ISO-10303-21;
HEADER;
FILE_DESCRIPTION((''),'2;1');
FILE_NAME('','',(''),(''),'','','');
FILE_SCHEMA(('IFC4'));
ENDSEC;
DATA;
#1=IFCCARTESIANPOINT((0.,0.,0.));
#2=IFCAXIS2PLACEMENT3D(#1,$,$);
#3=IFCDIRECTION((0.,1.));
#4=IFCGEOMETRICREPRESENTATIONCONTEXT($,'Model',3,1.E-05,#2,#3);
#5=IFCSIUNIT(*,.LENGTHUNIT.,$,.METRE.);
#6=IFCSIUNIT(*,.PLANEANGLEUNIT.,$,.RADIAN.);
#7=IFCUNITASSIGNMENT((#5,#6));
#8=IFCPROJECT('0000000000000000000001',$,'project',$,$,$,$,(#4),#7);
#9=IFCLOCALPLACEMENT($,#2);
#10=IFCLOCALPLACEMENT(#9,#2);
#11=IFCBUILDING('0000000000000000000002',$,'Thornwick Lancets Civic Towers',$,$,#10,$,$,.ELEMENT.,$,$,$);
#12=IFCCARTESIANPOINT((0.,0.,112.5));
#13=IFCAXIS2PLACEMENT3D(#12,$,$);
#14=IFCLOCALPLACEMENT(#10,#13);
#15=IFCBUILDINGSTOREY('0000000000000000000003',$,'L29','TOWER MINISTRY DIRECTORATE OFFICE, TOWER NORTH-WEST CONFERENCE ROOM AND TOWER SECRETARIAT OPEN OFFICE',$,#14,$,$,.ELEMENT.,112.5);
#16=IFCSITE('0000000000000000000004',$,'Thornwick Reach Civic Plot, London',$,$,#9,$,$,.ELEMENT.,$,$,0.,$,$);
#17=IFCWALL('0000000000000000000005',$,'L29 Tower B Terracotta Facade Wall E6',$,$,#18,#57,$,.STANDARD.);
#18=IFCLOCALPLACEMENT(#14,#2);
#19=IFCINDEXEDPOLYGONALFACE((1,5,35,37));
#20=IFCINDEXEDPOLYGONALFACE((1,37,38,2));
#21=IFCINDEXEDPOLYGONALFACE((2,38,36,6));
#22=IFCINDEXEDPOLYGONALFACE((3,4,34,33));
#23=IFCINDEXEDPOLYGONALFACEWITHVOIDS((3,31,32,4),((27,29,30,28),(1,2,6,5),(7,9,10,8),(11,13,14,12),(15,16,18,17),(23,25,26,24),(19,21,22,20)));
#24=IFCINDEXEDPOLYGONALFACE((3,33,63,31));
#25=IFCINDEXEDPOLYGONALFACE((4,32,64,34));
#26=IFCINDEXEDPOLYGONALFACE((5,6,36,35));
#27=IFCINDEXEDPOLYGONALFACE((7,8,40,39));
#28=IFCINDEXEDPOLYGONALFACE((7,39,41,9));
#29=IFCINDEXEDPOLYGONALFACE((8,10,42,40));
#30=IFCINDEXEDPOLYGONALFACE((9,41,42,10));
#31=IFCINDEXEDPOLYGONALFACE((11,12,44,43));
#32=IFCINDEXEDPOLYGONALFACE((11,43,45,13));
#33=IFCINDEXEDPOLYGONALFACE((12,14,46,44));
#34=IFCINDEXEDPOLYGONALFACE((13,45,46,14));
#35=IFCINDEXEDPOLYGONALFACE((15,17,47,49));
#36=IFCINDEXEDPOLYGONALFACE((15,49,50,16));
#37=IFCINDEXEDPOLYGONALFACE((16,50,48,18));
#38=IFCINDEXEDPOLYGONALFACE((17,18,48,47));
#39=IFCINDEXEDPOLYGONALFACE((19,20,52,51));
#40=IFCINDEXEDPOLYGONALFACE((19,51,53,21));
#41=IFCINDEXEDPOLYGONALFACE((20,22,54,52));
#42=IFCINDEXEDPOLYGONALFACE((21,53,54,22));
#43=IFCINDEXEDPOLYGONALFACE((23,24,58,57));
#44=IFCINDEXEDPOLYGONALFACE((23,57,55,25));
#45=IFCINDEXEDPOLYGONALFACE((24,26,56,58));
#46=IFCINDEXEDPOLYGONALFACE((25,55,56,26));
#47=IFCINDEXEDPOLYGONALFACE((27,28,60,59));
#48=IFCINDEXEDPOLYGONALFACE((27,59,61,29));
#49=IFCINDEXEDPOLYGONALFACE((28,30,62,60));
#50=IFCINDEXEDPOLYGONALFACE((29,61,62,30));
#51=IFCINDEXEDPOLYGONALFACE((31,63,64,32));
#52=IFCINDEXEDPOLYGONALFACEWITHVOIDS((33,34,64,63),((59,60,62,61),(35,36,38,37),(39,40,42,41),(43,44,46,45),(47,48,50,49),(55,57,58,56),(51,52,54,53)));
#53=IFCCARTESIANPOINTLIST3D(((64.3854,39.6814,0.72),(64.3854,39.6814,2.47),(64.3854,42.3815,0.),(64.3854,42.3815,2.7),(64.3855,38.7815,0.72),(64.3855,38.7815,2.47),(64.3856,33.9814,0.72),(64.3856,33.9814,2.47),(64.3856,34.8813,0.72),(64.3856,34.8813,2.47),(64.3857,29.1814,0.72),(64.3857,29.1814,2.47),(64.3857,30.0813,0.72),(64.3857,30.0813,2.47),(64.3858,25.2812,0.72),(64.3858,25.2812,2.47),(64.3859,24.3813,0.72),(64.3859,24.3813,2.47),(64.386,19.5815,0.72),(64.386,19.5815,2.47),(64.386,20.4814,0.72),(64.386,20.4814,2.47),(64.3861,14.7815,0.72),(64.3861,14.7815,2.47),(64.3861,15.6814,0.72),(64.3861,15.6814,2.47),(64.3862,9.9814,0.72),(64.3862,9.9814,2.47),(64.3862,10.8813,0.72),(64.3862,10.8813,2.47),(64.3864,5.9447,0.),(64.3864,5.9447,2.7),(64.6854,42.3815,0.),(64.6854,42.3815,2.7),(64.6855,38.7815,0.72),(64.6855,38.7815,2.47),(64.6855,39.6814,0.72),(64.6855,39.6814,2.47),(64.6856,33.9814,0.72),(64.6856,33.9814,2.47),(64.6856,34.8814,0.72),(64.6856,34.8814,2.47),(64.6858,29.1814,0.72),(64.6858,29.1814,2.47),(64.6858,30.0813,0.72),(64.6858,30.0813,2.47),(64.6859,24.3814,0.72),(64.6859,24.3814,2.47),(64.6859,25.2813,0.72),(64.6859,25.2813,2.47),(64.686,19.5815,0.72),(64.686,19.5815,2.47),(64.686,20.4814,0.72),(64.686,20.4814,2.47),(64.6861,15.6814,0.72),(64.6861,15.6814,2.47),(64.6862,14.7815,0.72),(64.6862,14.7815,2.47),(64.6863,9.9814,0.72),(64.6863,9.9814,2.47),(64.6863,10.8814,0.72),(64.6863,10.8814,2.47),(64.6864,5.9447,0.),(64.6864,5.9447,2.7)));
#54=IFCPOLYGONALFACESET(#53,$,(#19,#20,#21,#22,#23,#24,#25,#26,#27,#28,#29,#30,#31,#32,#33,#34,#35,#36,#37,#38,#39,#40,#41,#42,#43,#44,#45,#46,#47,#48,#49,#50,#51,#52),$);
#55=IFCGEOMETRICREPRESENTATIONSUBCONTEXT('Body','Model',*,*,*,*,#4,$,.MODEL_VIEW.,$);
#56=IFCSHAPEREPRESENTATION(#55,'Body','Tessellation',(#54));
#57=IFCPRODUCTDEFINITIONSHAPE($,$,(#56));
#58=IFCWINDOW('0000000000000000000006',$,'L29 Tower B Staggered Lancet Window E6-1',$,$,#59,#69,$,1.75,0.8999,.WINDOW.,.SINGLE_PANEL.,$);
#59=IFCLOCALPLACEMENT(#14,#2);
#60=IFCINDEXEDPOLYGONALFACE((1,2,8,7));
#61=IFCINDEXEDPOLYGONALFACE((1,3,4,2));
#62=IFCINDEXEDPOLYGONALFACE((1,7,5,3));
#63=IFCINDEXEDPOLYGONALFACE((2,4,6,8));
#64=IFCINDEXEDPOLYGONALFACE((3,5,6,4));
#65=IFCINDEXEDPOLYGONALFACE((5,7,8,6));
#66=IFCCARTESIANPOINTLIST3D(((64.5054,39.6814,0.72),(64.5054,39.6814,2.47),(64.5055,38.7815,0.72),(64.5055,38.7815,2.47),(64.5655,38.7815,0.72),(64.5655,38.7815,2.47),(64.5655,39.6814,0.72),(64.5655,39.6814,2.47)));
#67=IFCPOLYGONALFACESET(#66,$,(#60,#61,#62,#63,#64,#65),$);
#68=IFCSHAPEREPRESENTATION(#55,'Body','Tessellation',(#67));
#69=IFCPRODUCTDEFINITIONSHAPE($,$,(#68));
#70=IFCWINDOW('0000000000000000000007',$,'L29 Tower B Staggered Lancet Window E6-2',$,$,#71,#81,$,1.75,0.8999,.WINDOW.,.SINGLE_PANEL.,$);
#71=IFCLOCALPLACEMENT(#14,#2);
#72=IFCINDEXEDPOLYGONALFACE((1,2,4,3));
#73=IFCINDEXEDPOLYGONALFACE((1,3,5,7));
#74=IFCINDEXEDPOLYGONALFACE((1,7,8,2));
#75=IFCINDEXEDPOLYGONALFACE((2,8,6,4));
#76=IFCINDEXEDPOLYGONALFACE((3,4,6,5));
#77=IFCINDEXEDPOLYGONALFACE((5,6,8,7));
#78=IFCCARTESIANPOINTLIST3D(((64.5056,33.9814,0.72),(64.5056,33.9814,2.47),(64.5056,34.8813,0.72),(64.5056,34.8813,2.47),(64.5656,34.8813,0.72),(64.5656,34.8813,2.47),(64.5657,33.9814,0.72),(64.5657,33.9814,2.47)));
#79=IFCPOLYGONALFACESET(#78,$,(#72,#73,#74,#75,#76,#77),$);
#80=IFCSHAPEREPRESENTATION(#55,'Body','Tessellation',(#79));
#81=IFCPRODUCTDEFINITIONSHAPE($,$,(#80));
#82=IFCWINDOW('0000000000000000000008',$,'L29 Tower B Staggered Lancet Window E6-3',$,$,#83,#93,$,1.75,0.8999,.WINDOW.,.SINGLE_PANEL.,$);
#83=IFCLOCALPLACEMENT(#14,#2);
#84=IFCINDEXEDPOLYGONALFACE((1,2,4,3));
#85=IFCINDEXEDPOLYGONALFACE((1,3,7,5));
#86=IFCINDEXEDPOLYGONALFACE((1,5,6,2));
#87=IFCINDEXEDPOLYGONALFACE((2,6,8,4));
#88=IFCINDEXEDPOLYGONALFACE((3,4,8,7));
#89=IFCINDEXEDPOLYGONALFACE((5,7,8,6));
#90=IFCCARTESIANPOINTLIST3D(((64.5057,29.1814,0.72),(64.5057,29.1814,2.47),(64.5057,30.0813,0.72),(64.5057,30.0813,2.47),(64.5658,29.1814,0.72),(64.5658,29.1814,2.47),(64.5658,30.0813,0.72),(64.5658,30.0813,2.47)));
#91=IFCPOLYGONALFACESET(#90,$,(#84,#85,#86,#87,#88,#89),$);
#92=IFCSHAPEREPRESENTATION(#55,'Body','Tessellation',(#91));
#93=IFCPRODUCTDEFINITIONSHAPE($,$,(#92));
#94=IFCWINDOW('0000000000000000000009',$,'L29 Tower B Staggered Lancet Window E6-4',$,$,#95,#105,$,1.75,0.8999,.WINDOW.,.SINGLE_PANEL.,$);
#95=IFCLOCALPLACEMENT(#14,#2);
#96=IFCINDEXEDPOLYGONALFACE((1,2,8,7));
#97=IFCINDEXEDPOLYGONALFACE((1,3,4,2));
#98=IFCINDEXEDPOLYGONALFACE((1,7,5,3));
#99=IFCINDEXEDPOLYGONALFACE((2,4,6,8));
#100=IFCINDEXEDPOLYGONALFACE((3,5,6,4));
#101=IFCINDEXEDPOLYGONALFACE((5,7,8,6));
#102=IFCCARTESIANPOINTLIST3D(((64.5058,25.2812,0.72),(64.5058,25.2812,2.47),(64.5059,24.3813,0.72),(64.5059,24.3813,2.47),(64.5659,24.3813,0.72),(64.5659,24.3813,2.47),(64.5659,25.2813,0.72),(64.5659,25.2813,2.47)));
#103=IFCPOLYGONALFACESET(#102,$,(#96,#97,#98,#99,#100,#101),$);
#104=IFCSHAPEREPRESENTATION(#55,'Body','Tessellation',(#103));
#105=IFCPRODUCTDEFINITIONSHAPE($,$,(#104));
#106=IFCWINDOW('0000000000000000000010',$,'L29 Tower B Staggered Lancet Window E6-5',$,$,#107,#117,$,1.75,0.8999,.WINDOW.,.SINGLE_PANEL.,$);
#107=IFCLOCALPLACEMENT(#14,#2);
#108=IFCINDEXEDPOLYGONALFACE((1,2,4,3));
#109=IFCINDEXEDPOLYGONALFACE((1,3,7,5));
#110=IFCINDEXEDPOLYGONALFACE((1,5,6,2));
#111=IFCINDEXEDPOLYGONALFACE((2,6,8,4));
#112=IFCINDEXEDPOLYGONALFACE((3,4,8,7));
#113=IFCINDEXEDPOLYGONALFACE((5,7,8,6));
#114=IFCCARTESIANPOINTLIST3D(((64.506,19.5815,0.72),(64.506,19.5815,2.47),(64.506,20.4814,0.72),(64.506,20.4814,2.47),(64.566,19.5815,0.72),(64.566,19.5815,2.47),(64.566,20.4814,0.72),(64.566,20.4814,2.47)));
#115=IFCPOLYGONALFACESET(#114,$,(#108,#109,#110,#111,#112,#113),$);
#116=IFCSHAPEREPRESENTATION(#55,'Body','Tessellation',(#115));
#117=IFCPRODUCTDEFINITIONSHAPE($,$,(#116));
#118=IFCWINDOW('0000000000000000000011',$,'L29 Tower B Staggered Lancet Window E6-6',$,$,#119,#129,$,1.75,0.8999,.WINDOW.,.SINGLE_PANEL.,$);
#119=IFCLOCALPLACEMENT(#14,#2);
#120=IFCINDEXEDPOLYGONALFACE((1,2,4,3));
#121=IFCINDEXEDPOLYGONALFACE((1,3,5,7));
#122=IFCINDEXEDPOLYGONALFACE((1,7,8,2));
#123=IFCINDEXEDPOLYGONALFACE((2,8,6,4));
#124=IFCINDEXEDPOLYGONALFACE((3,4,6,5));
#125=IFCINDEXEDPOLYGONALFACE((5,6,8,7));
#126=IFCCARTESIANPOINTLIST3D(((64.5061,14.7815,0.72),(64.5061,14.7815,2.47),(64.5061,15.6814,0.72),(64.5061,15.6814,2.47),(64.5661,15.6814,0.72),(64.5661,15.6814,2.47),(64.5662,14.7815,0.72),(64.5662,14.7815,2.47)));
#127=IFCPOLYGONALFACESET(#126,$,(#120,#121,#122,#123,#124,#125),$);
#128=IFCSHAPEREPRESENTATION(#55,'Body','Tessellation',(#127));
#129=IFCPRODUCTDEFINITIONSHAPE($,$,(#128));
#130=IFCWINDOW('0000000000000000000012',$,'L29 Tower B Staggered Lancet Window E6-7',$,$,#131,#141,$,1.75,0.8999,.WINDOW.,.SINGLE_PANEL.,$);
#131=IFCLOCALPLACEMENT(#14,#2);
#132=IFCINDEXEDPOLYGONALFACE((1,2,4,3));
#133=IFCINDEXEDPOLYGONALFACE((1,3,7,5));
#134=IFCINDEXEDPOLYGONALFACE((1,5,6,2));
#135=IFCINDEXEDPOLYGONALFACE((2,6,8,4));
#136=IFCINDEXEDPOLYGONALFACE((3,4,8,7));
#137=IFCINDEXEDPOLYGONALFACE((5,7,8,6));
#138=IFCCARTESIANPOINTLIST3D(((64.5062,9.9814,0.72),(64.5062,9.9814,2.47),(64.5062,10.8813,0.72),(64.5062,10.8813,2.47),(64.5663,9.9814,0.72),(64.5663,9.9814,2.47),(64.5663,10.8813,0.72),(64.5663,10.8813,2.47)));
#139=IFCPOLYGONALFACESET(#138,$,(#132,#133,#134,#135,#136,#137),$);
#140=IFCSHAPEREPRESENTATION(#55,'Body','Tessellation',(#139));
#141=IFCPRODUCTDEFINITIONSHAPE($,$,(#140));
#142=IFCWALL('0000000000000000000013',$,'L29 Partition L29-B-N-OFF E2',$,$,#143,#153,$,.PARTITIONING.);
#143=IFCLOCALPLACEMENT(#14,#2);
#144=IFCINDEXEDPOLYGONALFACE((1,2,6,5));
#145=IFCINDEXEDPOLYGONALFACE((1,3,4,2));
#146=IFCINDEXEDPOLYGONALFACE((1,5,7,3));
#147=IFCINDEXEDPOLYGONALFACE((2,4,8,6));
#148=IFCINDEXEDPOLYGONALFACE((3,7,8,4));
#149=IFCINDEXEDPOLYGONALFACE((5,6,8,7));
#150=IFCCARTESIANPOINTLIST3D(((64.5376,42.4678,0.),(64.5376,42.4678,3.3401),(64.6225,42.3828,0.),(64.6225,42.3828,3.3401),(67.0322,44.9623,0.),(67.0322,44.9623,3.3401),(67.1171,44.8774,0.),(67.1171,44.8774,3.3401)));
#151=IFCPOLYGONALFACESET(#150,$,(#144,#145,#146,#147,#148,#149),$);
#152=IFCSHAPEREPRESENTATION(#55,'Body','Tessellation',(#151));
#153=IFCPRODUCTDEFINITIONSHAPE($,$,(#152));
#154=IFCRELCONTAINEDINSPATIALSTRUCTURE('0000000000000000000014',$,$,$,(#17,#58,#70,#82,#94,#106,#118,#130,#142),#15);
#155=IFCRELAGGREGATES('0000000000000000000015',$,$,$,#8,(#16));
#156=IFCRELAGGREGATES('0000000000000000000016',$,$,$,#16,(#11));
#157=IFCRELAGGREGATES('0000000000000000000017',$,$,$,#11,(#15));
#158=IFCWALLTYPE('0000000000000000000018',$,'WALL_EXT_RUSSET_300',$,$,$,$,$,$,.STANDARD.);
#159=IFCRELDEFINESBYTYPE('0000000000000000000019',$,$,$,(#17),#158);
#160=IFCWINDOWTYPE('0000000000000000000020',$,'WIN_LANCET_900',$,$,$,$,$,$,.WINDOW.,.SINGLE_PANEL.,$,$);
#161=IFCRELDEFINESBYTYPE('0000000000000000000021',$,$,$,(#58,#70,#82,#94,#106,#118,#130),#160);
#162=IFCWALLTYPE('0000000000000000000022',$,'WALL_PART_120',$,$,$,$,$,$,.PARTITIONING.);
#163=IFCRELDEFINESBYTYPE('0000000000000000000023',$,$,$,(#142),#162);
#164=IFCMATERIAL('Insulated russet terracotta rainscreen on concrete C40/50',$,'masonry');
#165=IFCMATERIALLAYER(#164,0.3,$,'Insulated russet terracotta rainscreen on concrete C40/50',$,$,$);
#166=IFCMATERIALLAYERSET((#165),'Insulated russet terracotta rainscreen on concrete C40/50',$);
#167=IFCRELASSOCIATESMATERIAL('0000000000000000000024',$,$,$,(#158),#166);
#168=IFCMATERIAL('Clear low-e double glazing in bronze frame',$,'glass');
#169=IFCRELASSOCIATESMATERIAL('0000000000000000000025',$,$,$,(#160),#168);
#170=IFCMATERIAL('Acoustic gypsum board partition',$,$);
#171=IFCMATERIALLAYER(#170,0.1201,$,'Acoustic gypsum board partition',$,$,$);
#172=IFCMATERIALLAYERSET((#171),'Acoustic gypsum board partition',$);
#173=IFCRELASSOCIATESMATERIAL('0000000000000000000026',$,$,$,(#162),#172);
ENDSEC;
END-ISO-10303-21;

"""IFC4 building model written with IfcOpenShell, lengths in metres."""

from ifc_helpers import new_model, si_unit, direction, frame, frame_2d, origin, place, context, subcontext, project, spatial, rectangle, extrude, material, layer, layer_set, type_object, element, fill, save


model = new_model("IFC4")

# Units and contexts
model_context = context("Model", 3, precision=1e-05, world=origin(), true_north=direction((0.0, 1.0)))
body_context = subcontext(model_context, "Body", "Model", "MODEL_VIEW")
ifc_project = project(units=[si_unit("LENGTHUNIT", "METRE"), si_unit("PLANEANGLEUNIT", "RADIAN")], contexts=[model_context])

# Site, building, storey
site_placement = place(None, origin())
site = spatial("IfcSite", under=ifc_project, at=site_placement, Name="Thornwick Reach Civic Plot, London", CompositionType="ELEMENT", RefElevation=0.0)
building_placement = place(site_placement, origin())
building = spatial("IfcBuilding", under=site, at=building_placement, Name="Thornwick Lancets Civic Towers", CompositionType="ELEMENT")
storey_placement = place(building_placement, frame((0.0, 0.0, 112.5)))
storey = spatial("IfcBuildingStorey", under=building, at=storey_placement, Name="L29", Description="TOWER MINISTRY DIRECTORATE OFFICE, TOWER NORTH-WEST CONFERENCE ROOM AND TOWER SECRETARIAT OPEN OFFICE", CompositionType="ELEMENT", Elevation=112.5)

# Wall, openings, windows
ifc_material_1 = material(Name="Insulated russet terracotta rainscreen on concrete C40/50", Category="masonry")
ifc_layer_1 = layer(ifc_material_1, 0.3, Name="Insulated russet terracotta rainscreen on concrete C40/50")
ifc_layer_set_1 = layer_set([ifc_layer_1], Name="Insulated russet terracotta rainscreen on concrete C40/50")
wall_type_1 = type_object("IfcWallType", Name="WALL_EXT_RUSSET_300", PredefinedType="STANDARD", material=ifc_layer_set_1)
wall_1_placement = place(storey_placement, frame((64.5354, 42.3813, 0.0), z_axis=(0.0, 0.0, 1.0), x_axis=(0.000027, -1.0, 0.0)))
wall_1 = element("IfcWall", 1, at=wall_1_placement, inside=storey, type_object=wall_type_1, Name="L29 Tower B Terracotta Facade Wall E6", PredefinedType="STANDARD", context=body_context, shape_type="SweptSolid", body=[
    extrude(rectangle(XDim=36.4368, YDim=0.3, at=frame_2d((18.2183, 0.0))), origin(), (0.0, 0.0, 1.0), 2.7),
])
opening_1_placement = place(wall_1_placement, frame((2.7, 0.0, 0.72)))
opening_1 = element("IfcOpeningElement", 2, at=opening_1_placement, cuts=wall_1, PredefinedType="OPENING", context=body_context, shape_type="SweptSolid", body=[
    extrude(rectangle(XDim=0.8999, YDim=1.75, at=frame_2d((0.45, 0.875))), frame((0.0, 0.1602, 0.0), z_axis=(0.0, -1.0, 0.0), x_axis=(1.0, 0.0, 0.0)), (0.0, 0.0, 1.0), 0.3201),
])
opening_2_placement = place(wall_1_placement, frame((7.5, 0.0, 0.72)))
opening_2 = element("IfcOpeningElement", 3, at=opening_2_placement, cuts=wall_1, PredefinedType="OPENING", context=body_context, shape_type="SweptSolid", body=[
    extrude(rectangle(XDim=0.8999, YDim=1.75, at=frame_2d((0.45, 0.875))), frame((0.0, 0.1602, 0.0), z_axis=(0.0, -1.0, 0.0), x_axis=(1.0, 0.0, 0.0)), (0.0, 0.0, 1.0), 0.3201),
])
opening_3_placement = place(wall_1_placement, frame((12.3, 0.0, 0.72)))
opening_3 = element("IfcOpeningElement", 4, at=opening_3_placement, cuts=wall_1, PredefinedType="OPENING", context=body_context, shape_type="SweptSolid", body=[
    extrude(rectangle(XDim=0.8999, YDim=1.75, at=frame_2d((0.45, 0.875))), frame((0.0, 0.1602, 0.0), z_axis=(0.0, -1.0, 0.0), x_axis=(1.0, 0.0, 0.0)), (0.0, 0.0, 1.0), 0.3201),
])
opening_4_placement = place(wall_1_placement, frame((17.1001, 0.0, 0.72)))
opening_4 = element("IfcOpeningElement", 5, at=opening_4_placement, cuts=wall_1, PredefinedType="OPENING", context=body_context, shape_type="SweptSolid", body=[
    extrude(rectangle(XDim=0.8999, YDim=1.75, at=frame_2d((0.45, 0.875))), frame((0.0, 0.1602, 0.0), z_axis=(0.0, -1.0, 0.0), x_axis=(1.0, 0.0, 0.0)), (0.0, 0.0, 1.0), 0.3201),
])
opening_5_placement = place(wall_1_placement, frame((21.8999, 0.0, 0.72)))
opening_5 = element("IfcOpeningElement", 6, at=opening_5_placement, cuts=wall_1, PredefinedType="OPENING", context=body_context, shape_type="SweptSolid", body=[
    extrude(rectangle(XDim=0.8999, YDim=1.75, at=frame_2d((0.45, 0.875))), frame((0.0, 0.1602, 0.0), z_axis=(0.0, -1.0, 0.0), x_axis=(1.0, 0.0, 0.0)), (0.0, 0.0, 1.0), 0.3201),
])
opening_6_placement = place(wall_1_placement, frame((26.7, 0.0, 0.72)))
opening_6 = element("IfcOpeningElement", 7, at=opening_6_placement, cuts=wall_1, PredefinedType="OPENING", context=body_context, shape_type="SweptSolid", body=[
    extrude(rectangle(XDim=0.8999, YDim=1.75, at=frame_2d((0.45, 0.875))), frame((0.0, 0.1602, 0.0), z_axis=(0.0, -1.0, 0.0), x_axis=(1.0, 0.0, 0.0)), (0.0, 0.0, 1.0), 0.3201),
])
opening_7_placement = place(wall_1_placement, frame((31.5, 0.0, 0.72)))
opening_7 = element("IfcOpeningElement", 8, at=opening_7_placement, cuts=wall_1, PredefinedType="OPENING", context=body_context, shape_type="SweptSolid", body=[
    extrude(rectangle(XDim=0.8999, YDim=1.75, at=frame_2d((0.45, 0.875))), frame((0.0, 0.1602, 0.0), z_axis=(0.0, -1.0, 0.0), x_axis=(1.0, 0.0, 0.0)), (0.0, 0.0, 1.0), 0.3201),
])
ifc_material_2 = material(Name="Clear low-e double glazing in bronze frame", Category="glass")
window_type = type_object("IfcWindowType", Name="WIN_LANCET_900", PartitioningType="SINGLE_PANEL", PredefinedType="WINDOW", material=ifc_material_2)
window_1_placement = place(opening_1_placement, origin())
window_1 = element("IfcWindow", 9, at=window_1_placement, inside=storey, type_object=window_type, Name="L29 Tower B Staggered Lancet Window E6-1", OverallHeight=1.75, OverallWidth=0.8999, PartitioningType="SINGLE_PANEL", PredefinedType="WINDOW", context=body_context, shape_type="SweptSolid", body=[
    extrude(rectangle(XDim=0.8999, YDim=1.75, at=frame_2d((0.45, 0.875))), frame((0.0, 0.03, 0.0), z_axis=(0.0, -1.0, 0.0), x_axis=(1.0, 0.0, 0.0)), (0.0, 0.0, 1.0), 0.0601),
])
fill(opening_1, window_1)
window_2_placement = place(opening_2_placement, origin())
window_2 = element("IfcWindow", 10, at=window_2_placement, inside=storey, type_object=window_type, Name="L29 Tower B Staggered Lancet Window E6-2", OverallHeight=1.75, OverallWidth=0.8999, PartitioningType="SINGLE_PANEL", PredefinedType="WINDOW", context=body_context, shape_type="SweptSolid", body=[
    extrude(rectangle(XDim=0.8999, YDim=1.75, at=frame_2d((0.45, 0.875))), frame((0.0, 0.03, 0.0), z_axis=(0.0, -1.0, 0.0), x_axis=(1.0, 0.0, 0.0)), (0.0, 0.0, 1.0), 0.0601),
])
fill(opening_2, window_2)
window_3_placement = place(opening_3_placement, origin())
window_3 = element("IfcWindow", 11, at=window_3_placement, inside=storey, type_object=window_type, Name="L29 Tower B Staggered Lancet Window E6-3", OverallHeight=1.75, OverallWidth=0.8999, PartitioningType="SINGLE_PANEL", PredefinedType="WINDOW", context=body_context, shape_type="SweptSolid", body=[
    extrude(rectangle(XDim=0.8999, YDim=1.75, at=frame_2d((0.45, 0.875))), frame((0.0, 0.03, 0.0), z_axis=(0.0, -1.0, 0.0), x_axis=(1.0, 0.0, 0.0)), (0.0, 0.0, 1.0), 0.0601),
])
fill(opening_3, window_3)
window_4_placement = place(opening_4_placement, origin())
window_4 = element("IfcWindow", 12, at=window_4_placement, inside=storey, type_object=window_type, Name="L29 Tower B Staggered Lancet Window E6-4", OverallHeight=1.75, OverallWidth=0.8999, PartitioningType="SINGLE_PANEL", PredefinedType="WINDOW", context=body_context, shape_type="SweptSolid", body=[
    extrude(rectangle(XDim=0.8999, YDim=1.75, at=frame_2d((0.45, 0.875))), frame((0.0, 0.03, 0.0), z_axis=(0.0, -1.0, 0.0), x_axis=(1.0, 0.0, 0.0)), (0.0, 0.0, 1.0), 0.0601),
])
fill(opening_4, window_4)
window_5_placement = place(opening_5_placement, origin())
window_5 = element("IfcWindow", 13, at=window_5_placement, inside=storey, type_object=window_type, Name="L29 Tower B Staggered Lancet Window E6-5", OverallHeight=1.75, OverallWidth=0.8999, PartitioningType="SINGLE_PANEL", PredefinedType="WINDOW", context=body_context, shape_type="SweptSolid", body=[
    extrude(rectangle(XDim=0.8999, YDim=1.75, at=frame_2d((0.45, 0.875))), frame((0.0, 0.03, 0.0), z_axis=(0.0, -1.0, 0.0), x_axis=(1.0, 0.0, 0.0)), (0.0, 0.0, 1.0), 0.0601),
])
fill(opening_5, window_5)
window_6_placement = place(opening_6_placement, origin())
window_6 = element("IfcWindow", 14, at=window_6_placement, inside=storey, type_object=window_type, Name="L29 Tower B Staggered Lancet Window E6-6", OverallHeight=1.75, OverallWidth=0.8999, PartitioningType="SINGLE_PANEL", PredefinedType="WINDOW", context=body_context, shape_type="SweptSolid", body=[
    extrude(rectangle(XDim=0.8999, YDim=1.75, at=frame_2d((0.45, 0.875))), frame((0.0, 0.03, 0.0), z_axis=(0.0, -1.0, 0.0), x_axis=(1.0, 0.0, 0.0)), (0.0, 0.0, 1.0), 0.0601),
])
fill(opening_6, window_6)
window_7_placement = place(opening_7_placement, origin())
window_7 = element("IfcWindow", 15, at=window_7_placement, inside=storey, type_object=window_type, Name="L29 Tower B Staggered Lancet Window E6-7", OverallHeight=1.75, OverallWidth=0.8999, PartitioningType="SINGLE_PANEL", PredefinedType="WINDOW", context=body_context, shape_type="SweptSolid", body=[
    extrude(rectangle(XDim=0.8999, YDim=1.75, at=frame_2d((0.45, 0.875))), frame((0.0, 0.03, 0.0), z_axis=(0.0, -1.0, 0.0), x_axis=(1.0, 0.0, 0.0)), (0.0, 0.0, 1.0), 0.0601),
])
fill(opening_7, window_7)

# Wall
ifc_material_3 = material(Name="Acoustic gypsum board partition")
ifc_layer_2 = layer(ifc_material_3, 0.1201, Name="Acoustic gypsum board partition")
ifc_layer_set_2 = layer_set([ifc_layer_2], Name="Acoustic gypsum board partition")
wall_type_2 = type_object("IfcWallType", Name="WALL_PART_120", PredefinedType="PARTITIONING", material=ifc_layer_set_2)
wall_2_placement = place(storey_placement, frame((64.5801, 42.4253, 0.0), z_axis=(0.0, 0.0, 1.0), x_axis=(0.707107, 0.707107, 0.0)))
element("IfcWall", 16, at=wall_2_placement, inside=storey, type_object=wall_type_2, Name="L29 Partition L29-B-N-OFF E2", PredefinedType="PARTITIONING", context=body_context, shape_type="SweptSolid", body=[
    extrude(rectangle(XDim=3.5278, YDim=0.1201, at=frame_2d((1.7639, 0.0))), origin(), (0.0, 0.0, 1.0), 3.3401),
])

save(model, "model.ifc")
